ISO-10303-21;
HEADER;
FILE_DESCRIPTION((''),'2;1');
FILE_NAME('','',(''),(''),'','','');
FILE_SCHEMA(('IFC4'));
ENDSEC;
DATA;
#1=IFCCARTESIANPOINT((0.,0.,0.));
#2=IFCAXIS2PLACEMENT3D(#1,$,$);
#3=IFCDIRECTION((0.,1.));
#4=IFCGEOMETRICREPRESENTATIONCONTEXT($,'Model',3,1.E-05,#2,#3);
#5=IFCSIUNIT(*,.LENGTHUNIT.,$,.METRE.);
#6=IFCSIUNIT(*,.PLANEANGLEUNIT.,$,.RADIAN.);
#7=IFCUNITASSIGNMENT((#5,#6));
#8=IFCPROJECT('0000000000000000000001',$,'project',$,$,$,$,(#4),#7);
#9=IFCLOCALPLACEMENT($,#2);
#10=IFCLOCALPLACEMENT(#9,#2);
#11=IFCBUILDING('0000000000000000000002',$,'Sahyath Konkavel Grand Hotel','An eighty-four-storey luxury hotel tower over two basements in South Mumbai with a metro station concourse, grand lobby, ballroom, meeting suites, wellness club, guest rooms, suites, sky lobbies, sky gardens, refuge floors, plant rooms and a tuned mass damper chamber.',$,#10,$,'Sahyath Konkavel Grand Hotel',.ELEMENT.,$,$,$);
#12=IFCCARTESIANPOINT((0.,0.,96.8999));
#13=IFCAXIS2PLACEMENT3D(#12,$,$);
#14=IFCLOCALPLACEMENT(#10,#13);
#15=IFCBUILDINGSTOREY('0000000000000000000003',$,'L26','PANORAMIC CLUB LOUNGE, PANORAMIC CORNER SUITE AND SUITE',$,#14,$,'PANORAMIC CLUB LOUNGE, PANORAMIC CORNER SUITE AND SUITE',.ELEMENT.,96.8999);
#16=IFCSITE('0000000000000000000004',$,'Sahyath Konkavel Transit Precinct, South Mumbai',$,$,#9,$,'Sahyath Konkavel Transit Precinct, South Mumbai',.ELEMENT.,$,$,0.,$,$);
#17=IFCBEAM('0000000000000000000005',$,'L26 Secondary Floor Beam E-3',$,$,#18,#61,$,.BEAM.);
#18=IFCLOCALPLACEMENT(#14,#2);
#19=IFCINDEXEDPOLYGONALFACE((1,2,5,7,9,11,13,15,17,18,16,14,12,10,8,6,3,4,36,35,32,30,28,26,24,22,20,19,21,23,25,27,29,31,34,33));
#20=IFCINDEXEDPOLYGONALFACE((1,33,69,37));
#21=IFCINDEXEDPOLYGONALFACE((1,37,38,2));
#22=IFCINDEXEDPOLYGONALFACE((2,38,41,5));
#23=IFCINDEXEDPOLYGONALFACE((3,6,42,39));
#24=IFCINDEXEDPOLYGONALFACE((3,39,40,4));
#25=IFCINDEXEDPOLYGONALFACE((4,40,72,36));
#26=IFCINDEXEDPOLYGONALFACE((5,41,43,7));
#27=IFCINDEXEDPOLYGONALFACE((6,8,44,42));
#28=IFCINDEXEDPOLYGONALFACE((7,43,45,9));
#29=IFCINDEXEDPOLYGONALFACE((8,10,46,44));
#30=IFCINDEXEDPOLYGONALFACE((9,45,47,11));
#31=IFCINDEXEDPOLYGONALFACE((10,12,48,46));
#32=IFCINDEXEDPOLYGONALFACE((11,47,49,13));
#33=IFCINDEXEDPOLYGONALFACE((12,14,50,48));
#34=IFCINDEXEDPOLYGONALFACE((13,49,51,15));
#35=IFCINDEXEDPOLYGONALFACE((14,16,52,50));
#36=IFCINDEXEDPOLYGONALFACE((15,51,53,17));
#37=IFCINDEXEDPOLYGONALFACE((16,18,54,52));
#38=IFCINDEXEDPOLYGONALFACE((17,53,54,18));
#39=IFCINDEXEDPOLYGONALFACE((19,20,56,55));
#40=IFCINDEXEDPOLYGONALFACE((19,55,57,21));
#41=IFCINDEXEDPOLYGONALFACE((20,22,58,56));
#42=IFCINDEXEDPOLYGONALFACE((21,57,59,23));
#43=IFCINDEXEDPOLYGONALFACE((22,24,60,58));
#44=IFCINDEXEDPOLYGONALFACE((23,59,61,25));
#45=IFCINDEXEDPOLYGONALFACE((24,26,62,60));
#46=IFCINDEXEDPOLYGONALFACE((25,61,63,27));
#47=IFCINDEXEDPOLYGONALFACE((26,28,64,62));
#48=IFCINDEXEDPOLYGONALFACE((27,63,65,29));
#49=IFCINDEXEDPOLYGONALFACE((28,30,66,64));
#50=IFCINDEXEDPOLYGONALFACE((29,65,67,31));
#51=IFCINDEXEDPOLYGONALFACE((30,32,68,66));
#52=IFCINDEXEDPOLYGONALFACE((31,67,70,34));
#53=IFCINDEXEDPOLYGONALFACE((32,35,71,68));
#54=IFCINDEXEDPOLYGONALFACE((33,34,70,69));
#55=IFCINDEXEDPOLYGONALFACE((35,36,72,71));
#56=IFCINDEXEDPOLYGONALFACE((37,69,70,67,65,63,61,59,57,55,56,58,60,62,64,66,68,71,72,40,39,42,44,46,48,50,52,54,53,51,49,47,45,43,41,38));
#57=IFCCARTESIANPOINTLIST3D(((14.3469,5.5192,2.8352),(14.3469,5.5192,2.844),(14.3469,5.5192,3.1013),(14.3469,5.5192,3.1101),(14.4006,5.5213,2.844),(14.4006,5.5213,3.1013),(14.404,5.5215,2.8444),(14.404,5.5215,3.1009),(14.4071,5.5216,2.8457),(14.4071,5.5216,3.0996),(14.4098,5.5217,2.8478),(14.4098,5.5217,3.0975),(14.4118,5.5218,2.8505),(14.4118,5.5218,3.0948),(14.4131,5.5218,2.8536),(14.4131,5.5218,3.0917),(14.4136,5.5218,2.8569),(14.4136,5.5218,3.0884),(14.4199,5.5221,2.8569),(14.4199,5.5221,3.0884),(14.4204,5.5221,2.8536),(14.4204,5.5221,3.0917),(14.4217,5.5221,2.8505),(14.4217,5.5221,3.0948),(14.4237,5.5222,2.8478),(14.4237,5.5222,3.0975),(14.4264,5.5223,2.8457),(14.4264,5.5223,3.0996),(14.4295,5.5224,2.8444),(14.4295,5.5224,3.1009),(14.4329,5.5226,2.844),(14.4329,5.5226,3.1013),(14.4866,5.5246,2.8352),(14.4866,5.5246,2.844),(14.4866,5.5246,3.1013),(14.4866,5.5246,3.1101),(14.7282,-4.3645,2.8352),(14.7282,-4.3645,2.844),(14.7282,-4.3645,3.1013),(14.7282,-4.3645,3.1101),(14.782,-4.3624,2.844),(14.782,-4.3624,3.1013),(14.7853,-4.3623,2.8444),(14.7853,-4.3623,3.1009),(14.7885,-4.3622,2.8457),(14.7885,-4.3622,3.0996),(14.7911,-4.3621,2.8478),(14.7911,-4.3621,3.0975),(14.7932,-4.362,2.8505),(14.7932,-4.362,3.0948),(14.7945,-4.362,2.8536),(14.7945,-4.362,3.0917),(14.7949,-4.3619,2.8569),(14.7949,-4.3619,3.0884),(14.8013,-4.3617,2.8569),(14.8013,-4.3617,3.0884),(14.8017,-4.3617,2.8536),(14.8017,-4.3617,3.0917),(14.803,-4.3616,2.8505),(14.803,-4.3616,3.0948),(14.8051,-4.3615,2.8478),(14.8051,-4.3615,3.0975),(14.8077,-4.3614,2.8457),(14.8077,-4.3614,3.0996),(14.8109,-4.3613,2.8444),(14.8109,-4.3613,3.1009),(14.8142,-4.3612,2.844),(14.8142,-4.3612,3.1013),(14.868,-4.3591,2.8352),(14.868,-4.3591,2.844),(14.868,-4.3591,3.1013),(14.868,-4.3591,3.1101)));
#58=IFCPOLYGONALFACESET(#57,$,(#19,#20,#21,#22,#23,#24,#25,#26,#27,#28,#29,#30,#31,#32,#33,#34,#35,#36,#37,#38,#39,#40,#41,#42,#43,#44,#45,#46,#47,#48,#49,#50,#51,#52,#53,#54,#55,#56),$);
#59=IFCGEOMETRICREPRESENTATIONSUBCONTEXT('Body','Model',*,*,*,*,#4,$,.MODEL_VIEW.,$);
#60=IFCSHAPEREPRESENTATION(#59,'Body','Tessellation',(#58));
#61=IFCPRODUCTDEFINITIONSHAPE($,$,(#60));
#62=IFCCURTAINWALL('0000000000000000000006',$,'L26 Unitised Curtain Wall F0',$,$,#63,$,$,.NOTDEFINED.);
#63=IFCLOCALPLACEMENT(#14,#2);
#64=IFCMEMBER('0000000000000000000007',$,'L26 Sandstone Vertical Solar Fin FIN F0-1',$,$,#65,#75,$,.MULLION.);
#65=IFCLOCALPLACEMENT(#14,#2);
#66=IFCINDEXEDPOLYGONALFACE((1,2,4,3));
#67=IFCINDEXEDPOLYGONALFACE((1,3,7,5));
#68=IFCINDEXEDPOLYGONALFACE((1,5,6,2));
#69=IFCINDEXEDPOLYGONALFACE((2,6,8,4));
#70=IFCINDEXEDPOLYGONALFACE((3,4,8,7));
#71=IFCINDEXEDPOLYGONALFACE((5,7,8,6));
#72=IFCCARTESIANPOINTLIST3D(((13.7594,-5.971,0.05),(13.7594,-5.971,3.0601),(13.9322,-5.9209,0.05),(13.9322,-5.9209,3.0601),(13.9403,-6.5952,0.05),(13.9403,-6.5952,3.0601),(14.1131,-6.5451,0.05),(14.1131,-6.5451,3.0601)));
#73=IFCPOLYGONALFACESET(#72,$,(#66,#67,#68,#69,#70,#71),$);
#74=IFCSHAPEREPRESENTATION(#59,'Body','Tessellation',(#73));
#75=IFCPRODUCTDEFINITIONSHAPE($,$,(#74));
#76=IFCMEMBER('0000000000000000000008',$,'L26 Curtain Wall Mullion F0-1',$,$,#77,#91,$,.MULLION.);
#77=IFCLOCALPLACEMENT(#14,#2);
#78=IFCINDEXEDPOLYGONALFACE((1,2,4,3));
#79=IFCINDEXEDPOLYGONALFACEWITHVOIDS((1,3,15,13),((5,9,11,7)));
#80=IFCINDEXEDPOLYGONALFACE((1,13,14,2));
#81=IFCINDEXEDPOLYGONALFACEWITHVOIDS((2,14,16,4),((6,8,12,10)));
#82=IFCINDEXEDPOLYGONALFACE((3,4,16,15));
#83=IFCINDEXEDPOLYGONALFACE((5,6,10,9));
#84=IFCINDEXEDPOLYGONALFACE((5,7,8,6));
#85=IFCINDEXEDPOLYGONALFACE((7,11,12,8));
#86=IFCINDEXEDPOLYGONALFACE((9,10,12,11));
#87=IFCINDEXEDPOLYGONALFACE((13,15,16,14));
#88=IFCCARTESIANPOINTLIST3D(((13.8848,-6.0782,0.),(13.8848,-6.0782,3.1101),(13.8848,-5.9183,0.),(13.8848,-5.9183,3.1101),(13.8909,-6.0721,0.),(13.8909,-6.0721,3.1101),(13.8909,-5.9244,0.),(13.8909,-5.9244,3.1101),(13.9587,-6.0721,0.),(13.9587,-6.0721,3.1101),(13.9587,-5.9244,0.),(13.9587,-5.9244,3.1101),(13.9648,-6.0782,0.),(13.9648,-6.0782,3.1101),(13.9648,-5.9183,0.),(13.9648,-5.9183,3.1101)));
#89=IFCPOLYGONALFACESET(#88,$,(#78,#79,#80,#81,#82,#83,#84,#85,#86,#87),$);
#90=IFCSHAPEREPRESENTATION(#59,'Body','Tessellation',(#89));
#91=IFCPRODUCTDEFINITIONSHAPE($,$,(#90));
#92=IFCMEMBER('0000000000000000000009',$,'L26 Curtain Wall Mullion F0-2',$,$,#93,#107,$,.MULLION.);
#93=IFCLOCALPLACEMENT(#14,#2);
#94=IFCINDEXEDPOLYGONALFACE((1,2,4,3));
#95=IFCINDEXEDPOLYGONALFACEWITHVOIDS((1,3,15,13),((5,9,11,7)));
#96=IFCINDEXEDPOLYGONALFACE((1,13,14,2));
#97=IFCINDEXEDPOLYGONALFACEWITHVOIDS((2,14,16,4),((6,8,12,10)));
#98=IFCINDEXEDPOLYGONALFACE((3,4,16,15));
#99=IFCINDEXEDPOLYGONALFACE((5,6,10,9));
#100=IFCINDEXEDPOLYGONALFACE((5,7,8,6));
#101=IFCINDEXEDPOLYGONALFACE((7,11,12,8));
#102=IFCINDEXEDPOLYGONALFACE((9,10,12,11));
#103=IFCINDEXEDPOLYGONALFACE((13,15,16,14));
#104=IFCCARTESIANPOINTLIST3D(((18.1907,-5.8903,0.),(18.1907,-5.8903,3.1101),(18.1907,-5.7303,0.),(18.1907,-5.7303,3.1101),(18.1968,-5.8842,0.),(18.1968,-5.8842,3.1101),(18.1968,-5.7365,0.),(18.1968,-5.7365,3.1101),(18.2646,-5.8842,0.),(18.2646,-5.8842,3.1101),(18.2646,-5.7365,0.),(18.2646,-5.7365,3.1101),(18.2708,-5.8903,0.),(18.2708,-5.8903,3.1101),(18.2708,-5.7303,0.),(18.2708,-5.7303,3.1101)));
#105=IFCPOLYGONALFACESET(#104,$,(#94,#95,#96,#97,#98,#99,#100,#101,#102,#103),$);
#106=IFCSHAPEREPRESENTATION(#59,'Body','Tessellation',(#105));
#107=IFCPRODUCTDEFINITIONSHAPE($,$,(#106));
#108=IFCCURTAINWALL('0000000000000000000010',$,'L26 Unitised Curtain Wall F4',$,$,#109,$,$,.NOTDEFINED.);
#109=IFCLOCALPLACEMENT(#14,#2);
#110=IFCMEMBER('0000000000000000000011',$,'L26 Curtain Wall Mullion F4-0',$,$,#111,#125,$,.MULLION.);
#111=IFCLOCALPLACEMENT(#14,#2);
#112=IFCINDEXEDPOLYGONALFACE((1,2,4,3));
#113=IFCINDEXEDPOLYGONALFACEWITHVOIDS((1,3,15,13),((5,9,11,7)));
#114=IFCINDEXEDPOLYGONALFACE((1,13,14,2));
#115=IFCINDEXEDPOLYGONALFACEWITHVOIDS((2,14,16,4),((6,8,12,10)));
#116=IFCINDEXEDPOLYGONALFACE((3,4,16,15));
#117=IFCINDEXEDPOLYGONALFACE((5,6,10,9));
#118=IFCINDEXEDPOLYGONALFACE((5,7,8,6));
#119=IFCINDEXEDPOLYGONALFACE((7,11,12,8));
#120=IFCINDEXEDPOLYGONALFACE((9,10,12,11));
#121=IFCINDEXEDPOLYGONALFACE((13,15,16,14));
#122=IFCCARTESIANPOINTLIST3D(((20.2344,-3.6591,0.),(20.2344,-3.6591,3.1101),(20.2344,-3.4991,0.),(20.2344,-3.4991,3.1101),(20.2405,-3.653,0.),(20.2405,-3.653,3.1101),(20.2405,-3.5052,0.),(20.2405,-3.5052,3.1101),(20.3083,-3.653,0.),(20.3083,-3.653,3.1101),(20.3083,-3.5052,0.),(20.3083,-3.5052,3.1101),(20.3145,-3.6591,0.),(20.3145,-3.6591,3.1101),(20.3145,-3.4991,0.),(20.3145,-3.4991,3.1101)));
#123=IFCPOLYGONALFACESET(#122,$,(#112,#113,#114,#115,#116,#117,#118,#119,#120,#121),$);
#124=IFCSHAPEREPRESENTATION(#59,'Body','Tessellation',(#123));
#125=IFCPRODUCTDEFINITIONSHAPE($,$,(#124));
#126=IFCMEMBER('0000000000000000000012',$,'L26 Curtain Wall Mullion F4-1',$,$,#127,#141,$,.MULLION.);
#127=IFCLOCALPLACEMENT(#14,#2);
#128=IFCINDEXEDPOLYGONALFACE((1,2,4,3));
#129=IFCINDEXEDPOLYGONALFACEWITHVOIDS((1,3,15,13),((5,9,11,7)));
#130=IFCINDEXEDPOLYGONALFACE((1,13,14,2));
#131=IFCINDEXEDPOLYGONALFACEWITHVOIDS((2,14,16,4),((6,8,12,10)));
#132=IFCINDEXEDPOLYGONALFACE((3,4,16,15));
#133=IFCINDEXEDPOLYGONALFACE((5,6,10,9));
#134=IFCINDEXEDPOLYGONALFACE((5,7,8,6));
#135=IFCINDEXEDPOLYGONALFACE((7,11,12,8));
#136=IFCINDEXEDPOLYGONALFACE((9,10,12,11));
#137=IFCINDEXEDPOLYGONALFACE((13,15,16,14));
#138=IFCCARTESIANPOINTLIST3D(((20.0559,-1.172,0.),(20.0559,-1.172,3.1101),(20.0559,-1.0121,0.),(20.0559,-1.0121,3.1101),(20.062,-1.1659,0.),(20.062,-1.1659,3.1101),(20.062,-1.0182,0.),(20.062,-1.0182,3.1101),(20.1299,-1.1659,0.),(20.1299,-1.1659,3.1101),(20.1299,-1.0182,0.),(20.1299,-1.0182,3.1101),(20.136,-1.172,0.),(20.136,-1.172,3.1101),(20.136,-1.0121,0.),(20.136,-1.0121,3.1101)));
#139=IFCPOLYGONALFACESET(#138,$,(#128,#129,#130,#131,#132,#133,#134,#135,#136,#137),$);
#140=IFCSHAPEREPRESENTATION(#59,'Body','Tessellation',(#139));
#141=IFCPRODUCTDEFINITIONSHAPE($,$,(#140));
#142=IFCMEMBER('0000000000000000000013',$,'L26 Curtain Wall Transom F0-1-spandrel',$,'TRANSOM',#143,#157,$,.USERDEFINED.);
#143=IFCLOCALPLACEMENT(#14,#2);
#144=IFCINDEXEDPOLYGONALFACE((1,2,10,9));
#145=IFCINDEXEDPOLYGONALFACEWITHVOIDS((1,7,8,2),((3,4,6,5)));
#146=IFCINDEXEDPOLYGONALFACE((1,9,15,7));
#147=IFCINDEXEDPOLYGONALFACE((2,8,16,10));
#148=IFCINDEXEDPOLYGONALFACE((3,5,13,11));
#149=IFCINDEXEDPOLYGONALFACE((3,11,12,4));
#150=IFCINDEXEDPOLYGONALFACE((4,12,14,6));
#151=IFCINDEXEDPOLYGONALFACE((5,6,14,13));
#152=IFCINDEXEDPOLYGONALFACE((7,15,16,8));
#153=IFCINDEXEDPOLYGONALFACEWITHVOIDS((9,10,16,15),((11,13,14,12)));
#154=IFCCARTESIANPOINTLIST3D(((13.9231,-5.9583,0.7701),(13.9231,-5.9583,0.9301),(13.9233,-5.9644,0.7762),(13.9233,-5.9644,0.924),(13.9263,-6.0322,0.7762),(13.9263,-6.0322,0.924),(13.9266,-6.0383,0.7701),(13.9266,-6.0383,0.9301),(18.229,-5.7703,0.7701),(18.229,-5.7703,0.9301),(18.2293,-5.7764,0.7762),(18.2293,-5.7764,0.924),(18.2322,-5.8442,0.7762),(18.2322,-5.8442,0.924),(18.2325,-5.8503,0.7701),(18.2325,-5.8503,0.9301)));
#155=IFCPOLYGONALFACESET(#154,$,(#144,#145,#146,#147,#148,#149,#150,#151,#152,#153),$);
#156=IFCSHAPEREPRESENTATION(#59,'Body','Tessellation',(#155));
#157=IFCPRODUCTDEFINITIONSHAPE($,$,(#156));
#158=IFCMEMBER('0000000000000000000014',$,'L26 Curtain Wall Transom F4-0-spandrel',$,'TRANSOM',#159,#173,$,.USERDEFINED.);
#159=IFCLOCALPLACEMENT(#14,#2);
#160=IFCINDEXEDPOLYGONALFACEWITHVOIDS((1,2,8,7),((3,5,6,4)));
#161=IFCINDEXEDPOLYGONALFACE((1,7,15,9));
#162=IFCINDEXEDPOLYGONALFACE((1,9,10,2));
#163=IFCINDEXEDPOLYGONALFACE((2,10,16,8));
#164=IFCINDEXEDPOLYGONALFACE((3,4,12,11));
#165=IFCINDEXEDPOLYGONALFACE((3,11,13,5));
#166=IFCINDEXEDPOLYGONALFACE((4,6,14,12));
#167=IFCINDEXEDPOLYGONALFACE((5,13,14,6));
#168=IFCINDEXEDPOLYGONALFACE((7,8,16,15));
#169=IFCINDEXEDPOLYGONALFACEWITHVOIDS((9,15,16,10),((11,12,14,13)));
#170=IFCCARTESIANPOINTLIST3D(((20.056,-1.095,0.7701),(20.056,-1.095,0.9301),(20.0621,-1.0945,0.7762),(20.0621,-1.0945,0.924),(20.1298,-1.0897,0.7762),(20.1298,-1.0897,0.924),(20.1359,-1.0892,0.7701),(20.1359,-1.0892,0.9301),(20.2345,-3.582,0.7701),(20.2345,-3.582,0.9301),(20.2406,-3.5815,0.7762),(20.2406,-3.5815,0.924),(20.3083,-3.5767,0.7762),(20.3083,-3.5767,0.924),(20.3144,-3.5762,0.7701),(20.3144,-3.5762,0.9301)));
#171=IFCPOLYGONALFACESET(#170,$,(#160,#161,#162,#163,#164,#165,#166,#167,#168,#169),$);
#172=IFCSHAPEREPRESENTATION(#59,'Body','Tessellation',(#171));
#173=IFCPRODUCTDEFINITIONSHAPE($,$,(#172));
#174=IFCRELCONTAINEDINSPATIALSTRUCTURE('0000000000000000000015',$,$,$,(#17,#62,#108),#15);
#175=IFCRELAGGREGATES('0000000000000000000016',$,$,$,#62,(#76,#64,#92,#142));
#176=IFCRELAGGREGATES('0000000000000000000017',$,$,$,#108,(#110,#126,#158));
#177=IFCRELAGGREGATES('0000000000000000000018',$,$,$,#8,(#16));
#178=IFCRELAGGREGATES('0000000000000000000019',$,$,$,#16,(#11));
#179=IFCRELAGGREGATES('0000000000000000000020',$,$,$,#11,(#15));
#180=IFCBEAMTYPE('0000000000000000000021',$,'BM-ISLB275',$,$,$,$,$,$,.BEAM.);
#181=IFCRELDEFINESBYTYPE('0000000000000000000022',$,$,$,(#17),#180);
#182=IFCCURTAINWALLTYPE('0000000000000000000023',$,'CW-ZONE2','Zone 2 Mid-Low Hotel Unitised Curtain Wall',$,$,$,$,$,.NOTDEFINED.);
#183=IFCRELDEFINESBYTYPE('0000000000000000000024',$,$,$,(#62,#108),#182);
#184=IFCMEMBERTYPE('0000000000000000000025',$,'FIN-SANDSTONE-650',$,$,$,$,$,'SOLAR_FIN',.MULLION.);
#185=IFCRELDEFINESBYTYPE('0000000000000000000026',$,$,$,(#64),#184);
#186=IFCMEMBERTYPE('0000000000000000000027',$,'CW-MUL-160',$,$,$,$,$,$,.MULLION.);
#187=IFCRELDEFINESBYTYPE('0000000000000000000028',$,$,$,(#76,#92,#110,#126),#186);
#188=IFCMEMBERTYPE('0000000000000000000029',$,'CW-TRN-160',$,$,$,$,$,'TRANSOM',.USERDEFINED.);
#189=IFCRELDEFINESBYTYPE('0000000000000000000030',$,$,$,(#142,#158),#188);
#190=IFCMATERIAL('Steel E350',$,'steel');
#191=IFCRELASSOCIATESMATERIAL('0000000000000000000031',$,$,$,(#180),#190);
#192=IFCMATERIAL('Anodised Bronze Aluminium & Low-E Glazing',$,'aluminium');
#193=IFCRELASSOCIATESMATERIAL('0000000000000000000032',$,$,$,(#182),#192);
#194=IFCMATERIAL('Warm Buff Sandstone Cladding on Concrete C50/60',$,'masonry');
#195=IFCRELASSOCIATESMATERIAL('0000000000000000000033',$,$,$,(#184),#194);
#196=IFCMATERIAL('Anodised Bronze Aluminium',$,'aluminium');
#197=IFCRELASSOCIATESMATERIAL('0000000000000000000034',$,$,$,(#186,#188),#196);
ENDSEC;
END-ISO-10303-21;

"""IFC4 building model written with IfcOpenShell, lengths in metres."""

from ifc_helpers import new_model, si_unit, direction, frame, origin, origin_2d, place, context, subcontext, project, spatial, rectangle, hollow_rectangle, i_section, extrude, source, transform, mapped, material, material_profile, profile_set, type_object, element, aggregate, save


model = new_model("IFC4")

# Units and contexts
model_context = context("Model", 3, precision=1e-05, world=origin(), true_north=direction((0.0, 1.0)))
body_context = subcontext(model_context, "Body", "Model", "MODEL_VIEW")
ifc_project = project(units=[si_unit("LENGTHUNIT", "METRE"), si_unit("PLANEANGLEUNIT", "RADIAN")], contexts=[model_context])

# Site, building, storey
site_placement = place(None, origin())
site = spatial("IfcSite", under=ifc_project, at=site_placement, Name="Sahyath Konkavel Transit Precinct, South Mumbai", LongName="Sahyath Konkavel Transit Precinct, South Mumbai", CompositionType="ELEMENT", RefElevation=0.0)
building_placement = place(site_placement, origin())
building = spatial("IfcBuilding", under=site, at=building_placement, Name="Sahyath Konkavel Grand Hotel", Description="An eighty-four-storey luxury hotel tower over two basements in South Mumbai with a metro station concourse, grand lobby, ballroom, meeting suites, wellness club, guest rooms, suites, sky lobbies, sky gardens, refuge floors, plant rooms and a tuned mass damper chamber.", LongName="Sahyath Konkavel Grand Hotel", CompositionType="ELEMENT")
storey_placement = place(building_placement, frame((0.0, 0.0, 96.8999)))
storey = spatial("IfcBuildingStorey", under=building, at=storey_placement, Name="L26", Description="PANORAMIC CLUB LOUNGE, PANORAMIC CORNER SUITE AND SUITE", LongName="PANORAMIC CLUB LOUNGE, PANORAMIC CORNER SUITE AND SUITE", CompositionType="ELEMENT", Elevation=96.8999)

# Beam
ifc_material_1 = material(Name="Steel E350", Category="steel")
ifc_material_profile_1 = material_profile(ifc_material_1, i_section(OverallWidth=0.1399, OverallDepth=0.2749, WebThickness=0.0063, FlangeThickness=0.0088, FilletRadius=0.0129, at=origin_2d()), Name="ISLB 275")
ifc_profile_set_1 = profile_set([ifc_material_profile_1], Name="Steel E350")
beam_type_1 = type_object("IfcBeamType", Name="BM-ISLB275", PredefinedType="BEAM", material=ifc_profile_set_1)
shared_shape_1 = source(origin(), body_context, "Body", "SweptSolid", [
    extrude(i_section(OverallWidth=0.1399, OverallDepth=0.2749, WebThickness=0.0063, FlangeThickness=0.0088, FilletRadius=0.0129, at=origin_2d()), origin(), (0.0, 0.0, 1.0), 9.8911),
])
beam_1_placement = place(storey_placement, frame((14.7981, -4.3618, 2.9727), z_axis=(-0.038554, 0.999257, 0.0), x_axis=(-0.999257, -0.038554, 0.0)))
element("IfcBeam", 1, at=beam_1_placement, inside=storey, type_object=beam_type_1, Name="L26 Secondary Floor Beam E-3", PredefinedType="BEAM", context=body_context, shape_type="MappedRepresentation", body=[
    mapped(shared_shape_1, transform((0.0, 0.0, 0.0), scale=1.0)),
])

# Curtain walls, members
ifc_material_2 = material(Name="Anodised Bronze Aluminium & Low-E Glazing", Category="aluminium")
curtain_wall_type = type_object("IfcCurtainWallType", Name="CW-ZONE2", Description="Zone 2 Mid-Low Hotel Unitised Curtain Wall", PredefinedType="NOTDEFINED", material=ifc_material_2)
curtain_wall_1_placement = place(storey_placement, origin())
curtain_wall_1 = element("IfcCurtainWall", 2, at=curtain_wall_1_placement, inside=storey, type_object=curtain_wall_type, Name="L26 Unitised Curtain Wall F0", PredefinedType="NOTDEFINED")
ifc_material_3 = material(Name="Warm Buff Sandstone Cladding on Concrete C50/60", Category="masonry")
ifc_material_profile_2 = material_profile(ifc_material_3, rectangle(XDim=0.1799, YDim=0.6499, at=origin_2d()), Name="FIN 180x650")
ifc_profile_set_2 = profile_set([ifc_material_profile_2], Name="Warm Buff Sandstone Cladding on Concrete C50/60")
member_type_1 = type_object("IfcMemberType", Name="FIN-SANDSTONE-650", ElementType="SOLAR_FIN", PredefinedType="MULLION", material=ifc_profile_set_2)
shared_shape_2 = source(origin(), body_context, "Body", "SweptSolid", [
    extrude(rectangle(XDim=0.1799, YDim=0.6499, at=origin_2d()), origin(), (0.0, 0.0, 1.0), 3.01),
])
member_1_placement = place(storey_placement, frame((13.9363, -6.2581, 0.05), z_axis=(0.0, 0.0, 1.0), x_axis=(0.960488, 0.278321, 0.0)))
member_1 = element("IfcMember", 3, at=member_1_placement, type_object=member_type_1, Name="L26 Sandstone Vertical Solar Fin FIN F0-1", PredefinedType="MULLION", context=body_context, shape_type="MappedRepresentation", body=[
    mapped(shared_shape_2, transform((0.0, 0.0, 0.0), scale=1.0)),
])
ifc_material_4 = material(Name="Anodised Bronze Aluminium", Category="aluminium")
ifc_material_profile_3 = material_profile(ifc_material_4, hollow_rectangle(XDim=0.0801, YDim=0.1599, WallThickness=0.0061, at=origin_2d()), Name="RHS 160x80x6")
ifc_profile_set_3 = profile_set([ifc_material_profile_3], Name="Anodised Bronze Aluminium")
member_type_2 = type_object("IfcMemberType", Name="CW-MUL-160", PredefinedType="MULLION", material=ifc_profile_set_3)
shared_shape_3 = source(origin(), body_context, "Body", "SweptSolid", [
    extrude(hollow_rectangle(XDim=0.0801, YDim=0.1599, WallThickness=0.0061, at=origin_2d()), origin(), (0.0, 0.0, 1.0), 3.1101),
])
member_2_placement = place(storey_placement, frame((13.9248, -5.9983, 0.0), z_axis=(0.0, 0.0, 1.0), x_axis=(1.0, 0.0, 0.0)))
member_2 = element("IfcMember", 4, at=member_2_placement, type_object=member_type_2, Name="L26 Curtain Wall Mullion F0-1", PredefinedType="MULLION", context=body_context, shape_type="MappedRepresentation", body=[
    mapped(shared_shape_3, transform((0.0, 0.0, 0.0), scale=1.0)),
])
member_3_placement = place(storey_placement, frame((18.2307, -5.8103, 0.0), z_axis=(0.0, 0.0, 1.0), x_axis=(1.0, 0.0, 0.0)))
member_3 = element("IfcMember", 5, at=member_3_placement, type_object=member_type_2, Name="L26 Curtain Wall Mullion F0-2", PredefinedType="MULLION", context=body_context, shape_type="MappedRepresentation", body=[
    mapped(shared_shape_3, transform((0.0, 0.0, 0.0), scale=1.0)),
])
curtain_wall_2_placement = place(storey_placement, origin())
curtain_wall_2 = element("IfcCurtainWall", 6, at=curtain_wall_2_placement, inside=storey, type_object=curtain_wall_type, Name="L26 Unitised Curtain Wall F4", PredefinedType="NOTDEFINED")
member_4_placement = place(storey_placement, frame((20.2744, -3.5791, 0.0), z_axis=(0.0, 0.0, 1.0), x_axis=(1.0, 0.0, 0.0)))
member_4 = element("IfcMember", 7, at=member_4_placement, type_object=member_type_2, Name="L26 Curtain Wall Mullion F4-0", PredefinedType="MULLION", context=body_context, shape_type="MappedRepresentation", body=[
    mapped(shared_shape_3, transform((0.0, 0.0, 0.0), scale=1.0)),
])
member_5_placement = place(storey_placement, frame((20.0959, -1.092, 0.0), z_axis=(0.0, 0.0, 1.0), x_axis=(1.0, 0.0, 0.0)))
member_5 = element("IfcMember", 8, at=member_5_placement, type_object=member_type_2, Name="L26 Curtain Wall Mullion F4-1", PredefinedType="MULLION", context=body_context, shape_type="MappedRepresentation", body=[
    mapped(shared_shape_3, transform((0.0, 0.0, 0.0), scale=1.0)),
])

# Members
ifc_material_profile_4 = material_profile(ifc_material_4, hollow_rectangle(XDim=0.0801, YDim=0.1599, WallThickness=0.0061, at=origin_2d()), Name="RHS 160x80x6")
ifc_profile_set_4 = profile_set([ifc_material_profile_4], Name="Anodised Bronze Aluminium")
member_type_3 = type_object("IfcMemberType", Name="CW-TRN-160", ElementType="TRANSOM", PredefinedType="USERDEFINED", material=ifc_profile_set_4)
shared_shape_4 = source(origin(), body_context, "Body", "SweptSolid", [
    extrude(hollow_rectangle(XDim=0.0801, YDim=0.1599, WallThickness=0.0061, at=origin_2d()), origin(), (0.0, 0.0, 1.0), 4.3101),
])
member_6_placement = place(storey_placement, frame((13.9248, -5.9983, 0.8501), z_axis=(0.999048, 0.043617, 0.0), x_axis=(-0.043617, 0.999048, 0.0)))
member_6 = element("IfcMember", 9, at=member_6_placement, type_object=member_type_3, Name="L26 Curtain Wall Transom F0-1-spandrel", ObjectType="TRANSOM", PredefinedType="USERDEFINED", context=body_context, shape_type="MappedRepresentation", body=[
    mapped(shared_shape_4, transform((0.0, 0.0, 0.0), scale=1.0)),
])
shared_shape_5 = source(origin(), body_context, "Body", "SweptSolid", [
    extrude(hollow_rectangle(XDim=0.0801, YDim=0.1599, WallThickness=0.0061, at=origin_2d()), origin(), (0.0, 0.0, 1.0), 2.4934),
])
member_7_placement = place(storey_placement, frame((20.2744, -3.5791, 0.8501), z_axis=(-0.071574, 0.997435, 0.0), x_axis=(-0.997435, -0.071574, 0.0)))
member_7 = element("IfcMember", 10, at=member_7_placement, type_object=member_type_3, Name="L26 Curtain Wall Transom F4-0-spandrel", ObjectType="TRANSOM", PredefinedType="USERDEFINED", context=body_context, shape_type="MappedRepresentation", body=[
    mapped(shared_shape_5, transform((0.0, 0.0, 0.0), scale=1.0)),
])

aggregate(curtain_wall_1, [member_2, member_1, member_3, member_6])
aggregate(curtain_wall_2, [member_4, member_5, member_7])

save(model, "model.ifc")
